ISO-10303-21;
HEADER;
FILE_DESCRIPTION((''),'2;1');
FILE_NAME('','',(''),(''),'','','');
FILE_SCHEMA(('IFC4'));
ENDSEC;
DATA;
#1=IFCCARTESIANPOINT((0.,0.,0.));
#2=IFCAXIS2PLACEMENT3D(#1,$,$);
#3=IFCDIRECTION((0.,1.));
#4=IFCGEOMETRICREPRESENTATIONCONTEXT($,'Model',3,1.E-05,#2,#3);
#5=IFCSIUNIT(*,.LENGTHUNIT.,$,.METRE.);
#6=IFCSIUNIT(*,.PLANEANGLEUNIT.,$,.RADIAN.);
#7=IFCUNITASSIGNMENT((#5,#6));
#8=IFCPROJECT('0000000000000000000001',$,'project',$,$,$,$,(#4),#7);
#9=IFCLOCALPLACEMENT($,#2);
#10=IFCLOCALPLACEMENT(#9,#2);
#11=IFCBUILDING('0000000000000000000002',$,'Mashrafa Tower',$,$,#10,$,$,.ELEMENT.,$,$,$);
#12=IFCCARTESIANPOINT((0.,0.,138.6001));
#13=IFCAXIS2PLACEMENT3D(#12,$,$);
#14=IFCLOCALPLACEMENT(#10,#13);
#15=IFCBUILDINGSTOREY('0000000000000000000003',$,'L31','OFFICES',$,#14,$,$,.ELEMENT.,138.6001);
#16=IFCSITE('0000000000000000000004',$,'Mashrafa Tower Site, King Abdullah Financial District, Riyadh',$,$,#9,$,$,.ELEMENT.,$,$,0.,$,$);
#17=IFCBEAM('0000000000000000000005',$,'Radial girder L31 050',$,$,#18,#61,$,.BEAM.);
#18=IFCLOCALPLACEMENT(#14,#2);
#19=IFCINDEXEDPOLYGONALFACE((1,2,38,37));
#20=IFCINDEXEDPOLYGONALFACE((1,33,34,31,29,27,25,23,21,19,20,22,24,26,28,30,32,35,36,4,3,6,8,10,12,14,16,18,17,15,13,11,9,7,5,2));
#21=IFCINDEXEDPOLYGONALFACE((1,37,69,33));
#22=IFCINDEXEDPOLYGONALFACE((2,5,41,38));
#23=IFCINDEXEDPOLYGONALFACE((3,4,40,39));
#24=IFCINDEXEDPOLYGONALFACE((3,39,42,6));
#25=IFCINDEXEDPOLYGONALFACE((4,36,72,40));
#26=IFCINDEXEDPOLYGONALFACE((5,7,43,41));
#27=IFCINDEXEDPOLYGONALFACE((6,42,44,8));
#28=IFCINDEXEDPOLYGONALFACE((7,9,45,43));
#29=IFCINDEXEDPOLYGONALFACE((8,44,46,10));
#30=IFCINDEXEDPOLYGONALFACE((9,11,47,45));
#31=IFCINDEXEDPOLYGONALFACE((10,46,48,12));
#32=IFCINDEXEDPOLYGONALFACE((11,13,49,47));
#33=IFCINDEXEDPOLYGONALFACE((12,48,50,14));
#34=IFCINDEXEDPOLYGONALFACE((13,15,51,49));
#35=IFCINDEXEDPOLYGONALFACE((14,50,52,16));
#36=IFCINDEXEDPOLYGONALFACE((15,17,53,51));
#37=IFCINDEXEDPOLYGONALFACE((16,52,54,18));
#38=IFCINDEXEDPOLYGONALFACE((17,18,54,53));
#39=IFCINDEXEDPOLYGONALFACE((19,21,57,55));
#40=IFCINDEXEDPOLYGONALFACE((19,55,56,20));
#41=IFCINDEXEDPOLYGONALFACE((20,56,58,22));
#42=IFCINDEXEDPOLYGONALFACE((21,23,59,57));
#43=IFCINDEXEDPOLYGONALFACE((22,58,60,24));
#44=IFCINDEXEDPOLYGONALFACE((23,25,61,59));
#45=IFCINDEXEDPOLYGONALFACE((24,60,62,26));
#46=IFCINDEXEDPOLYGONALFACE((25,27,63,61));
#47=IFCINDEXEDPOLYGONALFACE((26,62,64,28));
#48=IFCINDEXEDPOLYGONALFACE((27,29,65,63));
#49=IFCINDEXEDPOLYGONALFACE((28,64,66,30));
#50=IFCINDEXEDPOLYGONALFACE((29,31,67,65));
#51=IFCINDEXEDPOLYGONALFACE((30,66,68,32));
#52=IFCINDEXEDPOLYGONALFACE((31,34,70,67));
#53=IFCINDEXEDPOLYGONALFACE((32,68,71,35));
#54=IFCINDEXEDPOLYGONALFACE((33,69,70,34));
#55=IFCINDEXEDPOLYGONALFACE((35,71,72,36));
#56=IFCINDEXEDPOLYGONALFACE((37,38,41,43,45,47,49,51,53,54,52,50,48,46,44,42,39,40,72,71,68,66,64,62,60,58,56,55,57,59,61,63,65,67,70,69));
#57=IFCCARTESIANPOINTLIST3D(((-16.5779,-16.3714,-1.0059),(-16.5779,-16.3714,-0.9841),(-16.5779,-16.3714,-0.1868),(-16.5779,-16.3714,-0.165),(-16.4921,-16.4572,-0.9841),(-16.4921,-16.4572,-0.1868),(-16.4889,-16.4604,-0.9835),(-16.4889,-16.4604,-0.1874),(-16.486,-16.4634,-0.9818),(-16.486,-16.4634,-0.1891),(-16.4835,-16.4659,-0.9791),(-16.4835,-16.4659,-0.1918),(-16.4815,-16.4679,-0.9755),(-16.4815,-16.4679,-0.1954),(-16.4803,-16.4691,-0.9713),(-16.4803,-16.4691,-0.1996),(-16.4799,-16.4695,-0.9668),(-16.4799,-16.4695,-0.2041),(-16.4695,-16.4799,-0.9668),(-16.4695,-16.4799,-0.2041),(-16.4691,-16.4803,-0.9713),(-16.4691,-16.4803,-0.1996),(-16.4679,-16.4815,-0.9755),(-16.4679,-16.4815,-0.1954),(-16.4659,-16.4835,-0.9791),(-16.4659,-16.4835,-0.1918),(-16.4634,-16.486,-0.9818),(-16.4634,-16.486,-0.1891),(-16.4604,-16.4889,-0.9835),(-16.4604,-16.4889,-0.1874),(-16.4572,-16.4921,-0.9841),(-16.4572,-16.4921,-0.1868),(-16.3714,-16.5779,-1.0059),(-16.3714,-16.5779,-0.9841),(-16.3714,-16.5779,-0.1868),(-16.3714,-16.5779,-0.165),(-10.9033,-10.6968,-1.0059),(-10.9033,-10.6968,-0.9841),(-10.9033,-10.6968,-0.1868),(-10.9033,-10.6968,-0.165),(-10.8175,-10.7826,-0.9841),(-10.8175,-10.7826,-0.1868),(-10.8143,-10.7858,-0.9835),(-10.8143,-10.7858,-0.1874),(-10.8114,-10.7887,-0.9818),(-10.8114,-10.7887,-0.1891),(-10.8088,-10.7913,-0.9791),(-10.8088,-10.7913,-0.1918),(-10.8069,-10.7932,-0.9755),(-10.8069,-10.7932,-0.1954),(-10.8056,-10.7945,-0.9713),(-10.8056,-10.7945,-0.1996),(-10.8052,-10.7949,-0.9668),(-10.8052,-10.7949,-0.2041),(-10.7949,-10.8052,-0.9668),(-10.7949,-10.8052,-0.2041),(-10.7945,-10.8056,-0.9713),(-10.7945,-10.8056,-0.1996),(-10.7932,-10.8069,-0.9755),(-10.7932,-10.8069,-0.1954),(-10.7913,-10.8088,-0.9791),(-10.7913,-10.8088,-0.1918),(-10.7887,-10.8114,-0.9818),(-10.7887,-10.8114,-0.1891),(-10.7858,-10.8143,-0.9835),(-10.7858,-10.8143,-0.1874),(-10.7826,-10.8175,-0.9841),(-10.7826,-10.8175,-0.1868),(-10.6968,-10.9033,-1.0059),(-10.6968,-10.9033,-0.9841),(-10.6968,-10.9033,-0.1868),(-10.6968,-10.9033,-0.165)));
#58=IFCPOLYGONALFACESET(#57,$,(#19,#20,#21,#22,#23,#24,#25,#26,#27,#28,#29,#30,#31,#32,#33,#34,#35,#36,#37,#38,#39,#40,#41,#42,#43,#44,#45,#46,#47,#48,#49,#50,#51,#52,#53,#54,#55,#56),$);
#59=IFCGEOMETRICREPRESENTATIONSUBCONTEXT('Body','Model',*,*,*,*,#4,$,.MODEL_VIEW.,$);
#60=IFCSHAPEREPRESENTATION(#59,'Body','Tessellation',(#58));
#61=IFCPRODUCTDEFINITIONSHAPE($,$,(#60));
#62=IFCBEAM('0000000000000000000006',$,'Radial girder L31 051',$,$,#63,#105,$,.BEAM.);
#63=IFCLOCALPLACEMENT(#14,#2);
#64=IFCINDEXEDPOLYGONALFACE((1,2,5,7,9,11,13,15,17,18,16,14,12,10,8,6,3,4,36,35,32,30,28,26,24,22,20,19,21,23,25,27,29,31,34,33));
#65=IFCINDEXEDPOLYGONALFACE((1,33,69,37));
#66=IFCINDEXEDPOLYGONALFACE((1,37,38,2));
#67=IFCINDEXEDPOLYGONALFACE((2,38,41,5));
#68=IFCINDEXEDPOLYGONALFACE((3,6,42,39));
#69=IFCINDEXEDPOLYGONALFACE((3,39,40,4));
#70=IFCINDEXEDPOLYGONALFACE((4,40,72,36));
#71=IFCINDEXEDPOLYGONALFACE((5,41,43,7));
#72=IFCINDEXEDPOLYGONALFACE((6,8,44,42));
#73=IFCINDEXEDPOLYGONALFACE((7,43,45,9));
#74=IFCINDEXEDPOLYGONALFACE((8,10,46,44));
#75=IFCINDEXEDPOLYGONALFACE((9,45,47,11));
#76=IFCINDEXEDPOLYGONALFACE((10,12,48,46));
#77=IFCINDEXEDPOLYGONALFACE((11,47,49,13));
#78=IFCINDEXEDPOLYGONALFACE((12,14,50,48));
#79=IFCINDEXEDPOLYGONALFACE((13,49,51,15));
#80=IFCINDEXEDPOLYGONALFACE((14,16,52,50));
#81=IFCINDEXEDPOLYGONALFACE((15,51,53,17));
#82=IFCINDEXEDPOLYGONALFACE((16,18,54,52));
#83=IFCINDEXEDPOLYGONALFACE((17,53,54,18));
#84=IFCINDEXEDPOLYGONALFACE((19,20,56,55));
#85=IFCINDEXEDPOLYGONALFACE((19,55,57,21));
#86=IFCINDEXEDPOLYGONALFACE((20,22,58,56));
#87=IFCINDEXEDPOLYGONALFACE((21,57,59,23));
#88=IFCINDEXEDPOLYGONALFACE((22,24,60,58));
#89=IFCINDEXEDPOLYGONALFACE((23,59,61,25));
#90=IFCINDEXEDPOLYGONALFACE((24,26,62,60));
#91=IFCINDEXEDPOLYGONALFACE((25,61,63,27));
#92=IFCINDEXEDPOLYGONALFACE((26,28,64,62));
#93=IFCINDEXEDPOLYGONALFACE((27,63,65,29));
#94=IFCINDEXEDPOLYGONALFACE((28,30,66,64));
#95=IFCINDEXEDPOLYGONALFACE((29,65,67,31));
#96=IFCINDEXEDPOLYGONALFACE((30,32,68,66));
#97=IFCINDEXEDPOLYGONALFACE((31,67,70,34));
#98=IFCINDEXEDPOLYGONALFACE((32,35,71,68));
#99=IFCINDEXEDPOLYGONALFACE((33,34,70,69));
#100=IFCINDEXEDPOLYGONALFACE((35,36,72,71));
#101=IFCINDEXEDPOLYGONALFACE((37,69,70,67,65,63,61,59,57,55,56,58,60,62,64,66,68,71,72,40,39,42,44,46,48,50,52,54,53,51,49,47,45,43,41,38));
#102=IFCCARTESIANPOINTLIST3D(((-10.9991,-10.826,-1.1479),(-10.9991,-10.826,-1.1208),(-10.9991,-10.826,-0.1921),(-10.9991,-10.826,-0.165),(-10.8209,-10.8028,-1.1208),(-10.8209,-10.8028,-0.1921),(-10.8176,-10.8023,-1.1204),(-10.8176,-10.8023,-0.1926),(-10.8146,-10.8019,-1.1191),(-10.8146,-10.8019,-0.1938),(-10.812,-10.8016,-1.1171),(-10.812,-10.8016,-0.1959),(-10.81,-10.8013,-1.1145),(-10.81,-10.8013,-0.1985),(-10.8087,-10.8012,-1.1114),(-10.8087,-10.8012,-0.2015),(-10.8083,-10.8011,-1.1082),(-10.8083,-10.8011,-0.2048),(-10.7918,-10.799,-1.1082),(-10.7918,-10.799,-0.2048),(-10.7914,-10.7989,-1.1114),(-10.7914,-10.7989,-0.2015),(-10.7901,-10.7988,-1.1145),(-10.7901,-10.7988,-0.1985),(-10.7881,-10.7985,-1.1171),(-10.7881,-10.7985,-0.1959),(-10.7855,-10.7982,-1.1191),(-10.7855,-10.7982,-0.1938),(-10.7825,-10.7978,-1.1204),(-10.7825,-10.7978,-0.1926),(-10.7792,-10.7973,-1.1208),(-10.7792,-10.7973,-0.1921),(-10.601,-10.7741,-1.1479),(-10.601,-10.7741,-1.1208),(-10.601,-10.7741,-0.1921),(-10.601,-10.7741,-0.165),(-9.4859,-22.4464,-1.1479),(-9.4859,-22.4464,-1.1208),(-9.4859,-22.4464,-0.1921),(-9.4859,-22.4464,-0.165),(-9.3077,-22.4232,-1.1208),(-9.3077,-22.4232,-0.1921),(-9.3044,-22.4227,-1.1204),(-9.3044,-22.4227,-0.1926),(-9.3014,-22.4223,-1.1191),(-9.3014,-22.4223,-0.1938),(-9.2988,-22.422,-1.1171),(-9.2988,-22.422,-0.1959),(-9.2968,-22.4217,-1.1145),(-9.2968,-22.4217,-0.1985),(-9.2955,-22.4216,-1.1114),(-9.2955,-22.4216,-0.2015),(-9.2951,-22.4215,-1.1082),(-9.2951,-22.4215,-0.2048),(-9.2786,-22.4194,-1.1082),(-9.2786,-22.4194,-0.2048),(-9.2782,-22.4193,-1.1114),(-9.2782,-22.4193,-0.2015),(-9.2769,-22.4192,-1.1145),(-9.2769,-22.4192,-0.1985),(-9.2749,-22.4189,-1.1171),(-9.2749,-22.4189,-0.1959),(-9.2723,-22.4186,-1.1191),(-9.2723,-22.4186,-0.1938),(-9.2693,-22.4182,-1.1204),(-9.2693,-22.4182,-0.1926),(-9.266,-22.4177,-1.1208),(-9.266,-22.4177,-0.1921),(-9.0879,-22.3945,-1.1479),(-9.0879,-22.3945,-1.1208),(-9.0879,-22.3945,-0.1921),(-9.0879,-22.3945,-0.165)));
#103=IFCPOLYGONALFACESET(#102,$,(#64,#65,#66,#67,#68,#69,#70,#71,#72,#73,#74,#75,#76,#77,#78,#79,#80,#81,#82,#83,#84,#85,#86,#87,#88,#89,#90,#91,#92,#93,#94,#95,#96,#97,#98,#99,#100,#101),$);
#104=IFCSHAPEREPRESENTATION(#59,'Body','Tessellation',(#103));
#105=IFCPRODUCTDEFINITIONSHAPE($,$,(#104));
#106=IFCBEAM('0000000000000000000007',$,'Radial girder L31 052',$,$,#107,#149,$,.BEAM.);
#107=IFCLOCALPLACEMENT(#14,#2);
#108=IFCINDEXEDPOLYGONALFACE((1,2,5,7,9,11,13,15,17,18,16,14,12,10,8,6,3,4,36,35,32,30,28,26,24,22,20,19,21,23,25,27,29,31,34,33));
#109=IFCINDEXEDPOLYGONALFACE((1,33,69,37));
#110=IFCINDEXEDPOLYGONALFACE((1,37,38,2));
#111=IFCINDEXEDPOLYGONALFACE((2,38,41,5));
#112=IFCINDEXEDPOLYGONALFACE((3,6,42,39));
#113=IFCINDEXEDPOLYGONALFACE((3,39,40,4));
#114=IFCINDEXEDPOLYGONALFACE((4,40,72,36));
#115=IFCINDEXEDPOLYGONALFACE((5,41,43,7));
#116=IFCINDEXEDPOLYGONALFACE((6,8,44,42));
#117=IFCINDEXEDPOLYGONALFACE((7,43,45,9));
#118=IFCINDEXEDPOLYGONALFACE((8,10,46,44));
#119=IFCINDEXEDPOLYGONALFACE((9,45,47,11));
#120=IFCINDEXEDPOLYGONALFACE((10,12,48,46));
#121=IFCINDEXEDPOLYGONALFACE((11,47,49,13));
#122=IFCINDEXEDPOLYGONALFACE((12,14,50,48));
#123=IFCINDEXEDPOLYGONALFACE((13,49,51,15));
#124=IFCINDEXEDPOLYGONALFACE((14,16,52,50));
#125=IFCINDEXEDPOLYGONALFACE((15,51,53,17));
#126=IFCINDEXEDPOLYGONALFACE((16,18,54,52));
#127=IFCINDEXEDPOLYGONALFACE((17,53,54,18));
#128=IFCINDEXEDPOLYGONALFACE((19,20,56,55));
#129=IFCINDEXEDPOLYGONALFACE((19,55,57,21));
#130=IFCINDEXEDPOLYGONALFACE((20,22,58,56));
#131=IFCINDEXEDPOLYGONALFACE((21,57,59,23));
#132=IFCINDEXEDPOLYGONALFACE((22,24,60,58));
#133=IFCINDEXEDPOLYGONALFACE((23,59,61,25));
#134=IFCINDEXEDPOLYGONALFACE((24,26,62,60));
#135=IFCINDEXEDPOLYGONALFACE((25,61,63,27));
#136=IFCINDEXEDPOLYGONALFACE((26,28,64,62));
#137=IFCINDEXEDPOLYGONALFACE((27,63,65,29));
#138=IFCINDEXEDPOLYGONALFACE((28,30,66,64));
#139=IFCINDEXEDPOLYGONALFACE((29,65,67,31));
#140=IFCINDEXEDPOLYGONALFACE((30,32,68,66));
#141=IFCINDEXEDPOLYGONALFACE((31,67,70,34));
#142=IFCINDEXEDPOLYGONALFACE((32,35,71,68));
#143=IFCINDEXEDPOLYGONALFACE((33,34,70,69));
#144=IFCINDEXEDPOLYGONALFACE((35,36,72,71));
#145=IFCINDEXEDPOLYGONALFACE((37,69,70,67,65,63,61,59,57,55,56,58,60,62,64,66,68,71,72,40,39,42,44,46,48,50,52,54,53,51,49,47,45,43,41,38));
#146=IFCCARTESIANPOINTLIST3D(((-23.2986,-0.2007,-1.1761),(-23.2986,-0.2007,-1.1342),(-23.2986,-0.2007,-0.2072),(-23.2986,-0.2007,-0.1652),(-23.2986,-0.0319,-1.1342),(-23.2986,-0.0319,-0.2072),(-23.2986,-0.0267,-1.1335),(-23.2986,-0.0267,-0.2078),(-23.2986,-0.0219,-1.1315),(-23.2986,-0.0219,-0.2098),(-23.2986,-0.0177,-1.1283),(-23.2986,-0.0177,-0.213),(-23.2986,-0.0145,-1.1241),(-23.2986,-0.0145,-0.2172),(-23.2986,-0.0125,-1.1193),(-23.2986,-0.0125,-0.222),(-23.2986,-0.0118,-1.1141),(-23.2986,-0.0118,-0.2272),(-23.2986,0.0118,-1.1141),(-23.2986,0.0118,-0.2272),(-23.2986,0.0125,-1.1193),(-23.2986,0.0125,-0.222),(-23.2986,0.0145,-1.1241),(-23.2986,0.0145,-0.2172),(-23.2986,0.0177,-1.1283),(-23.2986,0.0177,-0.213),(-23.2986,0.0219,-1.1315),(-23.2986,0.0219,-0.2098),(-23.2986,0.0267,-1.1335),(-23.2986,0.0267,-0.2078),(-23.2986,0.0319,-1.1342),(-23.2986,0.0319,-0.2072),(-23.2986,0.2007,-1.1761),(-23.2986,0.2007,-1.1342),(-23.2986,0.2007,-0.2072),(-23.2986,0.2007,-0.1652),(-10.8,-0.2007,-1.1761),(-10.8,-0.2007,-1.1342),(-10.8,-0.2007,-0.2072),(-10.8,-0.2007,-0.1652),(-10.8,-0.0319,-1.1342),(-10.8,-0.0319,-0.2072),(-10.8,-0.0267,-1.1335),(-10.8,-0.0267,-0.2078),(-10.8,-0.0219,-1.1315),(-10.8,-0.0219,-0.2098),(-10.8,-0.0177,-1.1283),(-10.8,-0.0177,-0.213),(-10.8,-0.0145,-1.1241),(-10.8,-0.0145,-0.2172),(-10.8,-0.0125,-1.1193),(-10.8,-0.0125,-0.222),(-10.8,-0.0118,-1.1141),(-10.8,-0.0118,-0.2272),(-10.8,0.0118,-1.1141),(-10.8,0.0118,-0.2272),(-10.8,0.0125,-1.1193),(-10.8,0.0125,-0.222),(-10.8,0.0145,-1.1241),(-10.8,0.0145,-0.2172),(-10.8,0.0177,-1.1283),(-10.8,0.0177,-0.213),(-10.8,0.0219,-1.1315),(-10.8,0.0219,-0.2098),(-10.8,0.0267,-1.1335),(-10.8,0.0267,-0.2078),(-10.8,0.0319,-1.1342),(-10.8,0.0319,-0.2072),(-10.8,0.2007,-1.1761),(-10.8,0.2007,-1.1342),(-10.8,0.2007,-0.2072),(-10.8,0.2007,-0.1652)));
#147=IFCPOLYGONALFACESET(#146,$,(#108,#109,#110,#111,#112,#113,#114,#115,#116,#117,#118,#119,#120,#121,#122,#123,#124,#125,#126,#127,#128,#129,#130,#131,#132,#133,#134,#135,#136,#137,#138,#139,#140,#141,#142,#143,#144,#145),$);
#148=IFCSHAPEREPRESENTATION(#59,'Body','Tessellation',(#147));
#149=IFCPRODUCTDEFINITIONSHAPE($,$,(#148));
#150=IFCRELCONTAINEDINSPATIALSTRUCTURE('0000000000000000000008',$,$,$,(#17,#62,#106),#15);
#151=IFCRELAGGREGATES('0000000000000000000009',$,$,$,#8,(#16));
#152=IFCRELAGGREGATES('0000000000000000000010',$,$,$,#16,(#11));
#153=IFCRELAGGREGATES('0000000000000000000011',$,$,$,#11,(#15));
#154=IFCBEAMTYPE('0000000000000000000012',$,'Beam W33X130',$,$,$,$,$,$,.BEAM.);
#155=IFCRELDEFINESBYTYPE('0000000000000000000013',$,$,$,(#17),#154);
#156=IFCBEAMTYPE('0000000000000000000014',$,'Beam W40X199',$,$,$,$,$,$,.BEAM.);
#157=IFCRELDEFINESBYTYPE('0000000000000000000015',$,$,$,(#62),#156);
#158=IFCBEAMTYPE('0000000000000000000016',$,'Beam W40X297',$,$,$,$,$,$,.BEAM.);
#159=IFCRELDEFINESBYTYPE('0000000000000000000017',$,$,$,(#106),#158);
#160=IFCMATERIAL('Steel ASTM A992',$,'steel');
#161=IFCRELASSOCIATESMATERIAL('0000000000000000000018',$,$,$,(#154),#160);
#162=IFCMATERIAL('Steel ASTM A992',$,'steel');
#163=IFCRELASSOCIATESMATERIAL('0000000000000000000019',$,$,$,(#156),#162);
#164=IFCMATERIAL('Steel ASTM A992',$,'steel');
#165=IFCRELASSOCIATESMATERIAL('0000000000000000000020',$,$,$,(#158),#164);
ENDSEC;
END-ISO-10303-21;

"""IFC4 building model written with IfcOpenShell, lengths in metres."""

from ifc_helpers import new_model, si_unit, direction, frame, origin, origin_2d, place, context, subcontext, project, spatial, i_section, extrude, material, material_profile, profile_set, type_object, element, save


model = new_model("IFC4")

# Units and contexts
model_context = context("Model", 3, precision=1e-05, world=origin(), true_north=direction((0.0, 1.0)))
body_context = subcontext(model_context, "Body", "Model", "MODEL_VIEW")
ifc_project = project(units=[si_unit("LENGTHUNIT", "METRE"), si_unit("PLANEANGLEUNIT", "RADIAN")], contexts=[model_context])

# Site, building, storey
site_placement = place(None, origin())
site = spatial("IfcSite", under=ifc_project, at=site_placement, Name="Mashrafa Tower Site, King Abdullah Financial District, Riyadh", CompositionType="ELEMENT", RefElevation=0.0)
building_placement = place(site_placement, origin())
building = spatial("IfcBuilding", under=site, at=building_placement, Name="Mashrafa Tower", CompositionType="ELEMENT")
storey_placement = place(building_placement, frame((0.0, 0.0, 138.6001)))
storey = spatial("IfcBuildingStorey", under=building, at=storey_placement, Name="L31", Description="OFFICES", CompositionType="ELEMENT", Elevation=138.6001)

# Beams
ifc_material_1 = material(Name="Steel ASTM A992", Category="steel")
ifc_material_profile_1 = material_profile(ifc_material_1, i_section(OverallWidth=0.292, OverallDepth=0.8408, WebThickness=0.0146, FlangeThickness=0.0217, FilletRadius=0.0173, at=origin_2d()), Name="W33X130")
ifc_profile_set_1 = profile_set([ifc_material_profile_1], Name="Steel ASTM A992")
beam_type_1 = type_object("IfcBeamType", Name="Beam W33X130", PredefinedType="BEAM", material=ifc_profile_set_1)
beam_1_placement = place(storey_placement, frame((-10.8, -10.8, -0.5854), z_axis=(-0.707107, -0.707107, 0.0), x_axis=(0.707107, -0.707107, 0.0)))
element("IfcBeam", 1, at=beam_1_placement, inside=storey, type_object=beam_type_1, Name="Radial girder L31 050", PredefinedType="BEAM", context=body_context, shape_type="SweptSolid", body=[
    extrude(i_section(OverallWidth=0.292, OverallDepth=0.8408, WebThickness=0.0146, FlangeThickness=0.0217, FilletRadius=0.0173, at=origin_2d()), origin(), (0.0, 0.0, 1.0), 8.0251),
])
ifc_material_2 = material(Name="Steel ASTM A992", Category="steel")
ifc_material_profile_2 = material_profile(ifc_material_2, i_section(OverallWidth=0.4014, OverallDepth=0.9829, WebThickness=0.0166, FlangeThickness=0.0271, FilletRadius=0.0127, at=origin_2d()), Name="W40X199")
ifc_profile_set_2 = profile_set([ifc_material_profile_2], Name="Steel ASTM A992")
beam_type_2 = type_object("IfcBeamType", Name="Beam W40X199", PredefinedType="BEAM", material=ifc_profile_set_2)
beam_2_placement = place(storey_placement, frame((-10.8, -10.8, -0.6565), z_axis=(0.129128, -0.991628, 0.0), x_axis=(0.991628, 0.129128, 0.0)))
element("IfcBeam", 2, at=beam_2_placement, inside=storey, type_object=beam_type_2, Name="Radial girder L31 051", PredefinedType="BEAM", context=body_context, shape_type="SweptSolid", body=[
    extrude(i_section(OverallWidth=0.4014, OverallDepth=0.9829, WebThickness=0.0166, FlangeThickness=0.0271, FilletRadius=0.0127, at=origin_2d()), origin(), (0.0, 0.0, 1.0), 11.7185),
])
ifc_material_3 = material(Name="Steel ASTM A992", Category="steel")
ifc_material_profile_3 = material_profile(ifc_material_3, i_section(OverallWidth=0.4014, OverallDepth=1.011, WebThickness=0.0237, FlangeThickness=0.042, FilletRadius=0.02, at=origin_2d()), Name="W40X297")
ifc_profile_set_3 = profile_set([ifc_material_profile_3], Name="Steel ASTM A992")
beam_type_3 = type_object("IfcBeamType", Name="Beam W40X297", PredefinedType="BEAM", material=ifc_profile_set_3)
beam_3_placement = place(storey_placement, frame((-10.8, 0.0, -0.6707), z_axis=(-1.0, 0.0, 0.0), x_axis=(0.0, -1.0, 0.0)))
element("IfcBeam", 3, at=beam_3_placement, inside=storey, type_object=beam_type_3, Name="Radial girder L31 052", PredefinedType="BEAM", context=body_context, shape_type="SweptSolid", body=[
    extrude(i_section(OverallWidth=0.4014, OverallDepth=1.011, WebThickness=0.0237, FlangeThickness=0.042, FilletRadius=0.02, at=origin_2d()), origin(), (0.0, 0.0, 1.0), 12.4985),
])

save(model, "model.ifc")
